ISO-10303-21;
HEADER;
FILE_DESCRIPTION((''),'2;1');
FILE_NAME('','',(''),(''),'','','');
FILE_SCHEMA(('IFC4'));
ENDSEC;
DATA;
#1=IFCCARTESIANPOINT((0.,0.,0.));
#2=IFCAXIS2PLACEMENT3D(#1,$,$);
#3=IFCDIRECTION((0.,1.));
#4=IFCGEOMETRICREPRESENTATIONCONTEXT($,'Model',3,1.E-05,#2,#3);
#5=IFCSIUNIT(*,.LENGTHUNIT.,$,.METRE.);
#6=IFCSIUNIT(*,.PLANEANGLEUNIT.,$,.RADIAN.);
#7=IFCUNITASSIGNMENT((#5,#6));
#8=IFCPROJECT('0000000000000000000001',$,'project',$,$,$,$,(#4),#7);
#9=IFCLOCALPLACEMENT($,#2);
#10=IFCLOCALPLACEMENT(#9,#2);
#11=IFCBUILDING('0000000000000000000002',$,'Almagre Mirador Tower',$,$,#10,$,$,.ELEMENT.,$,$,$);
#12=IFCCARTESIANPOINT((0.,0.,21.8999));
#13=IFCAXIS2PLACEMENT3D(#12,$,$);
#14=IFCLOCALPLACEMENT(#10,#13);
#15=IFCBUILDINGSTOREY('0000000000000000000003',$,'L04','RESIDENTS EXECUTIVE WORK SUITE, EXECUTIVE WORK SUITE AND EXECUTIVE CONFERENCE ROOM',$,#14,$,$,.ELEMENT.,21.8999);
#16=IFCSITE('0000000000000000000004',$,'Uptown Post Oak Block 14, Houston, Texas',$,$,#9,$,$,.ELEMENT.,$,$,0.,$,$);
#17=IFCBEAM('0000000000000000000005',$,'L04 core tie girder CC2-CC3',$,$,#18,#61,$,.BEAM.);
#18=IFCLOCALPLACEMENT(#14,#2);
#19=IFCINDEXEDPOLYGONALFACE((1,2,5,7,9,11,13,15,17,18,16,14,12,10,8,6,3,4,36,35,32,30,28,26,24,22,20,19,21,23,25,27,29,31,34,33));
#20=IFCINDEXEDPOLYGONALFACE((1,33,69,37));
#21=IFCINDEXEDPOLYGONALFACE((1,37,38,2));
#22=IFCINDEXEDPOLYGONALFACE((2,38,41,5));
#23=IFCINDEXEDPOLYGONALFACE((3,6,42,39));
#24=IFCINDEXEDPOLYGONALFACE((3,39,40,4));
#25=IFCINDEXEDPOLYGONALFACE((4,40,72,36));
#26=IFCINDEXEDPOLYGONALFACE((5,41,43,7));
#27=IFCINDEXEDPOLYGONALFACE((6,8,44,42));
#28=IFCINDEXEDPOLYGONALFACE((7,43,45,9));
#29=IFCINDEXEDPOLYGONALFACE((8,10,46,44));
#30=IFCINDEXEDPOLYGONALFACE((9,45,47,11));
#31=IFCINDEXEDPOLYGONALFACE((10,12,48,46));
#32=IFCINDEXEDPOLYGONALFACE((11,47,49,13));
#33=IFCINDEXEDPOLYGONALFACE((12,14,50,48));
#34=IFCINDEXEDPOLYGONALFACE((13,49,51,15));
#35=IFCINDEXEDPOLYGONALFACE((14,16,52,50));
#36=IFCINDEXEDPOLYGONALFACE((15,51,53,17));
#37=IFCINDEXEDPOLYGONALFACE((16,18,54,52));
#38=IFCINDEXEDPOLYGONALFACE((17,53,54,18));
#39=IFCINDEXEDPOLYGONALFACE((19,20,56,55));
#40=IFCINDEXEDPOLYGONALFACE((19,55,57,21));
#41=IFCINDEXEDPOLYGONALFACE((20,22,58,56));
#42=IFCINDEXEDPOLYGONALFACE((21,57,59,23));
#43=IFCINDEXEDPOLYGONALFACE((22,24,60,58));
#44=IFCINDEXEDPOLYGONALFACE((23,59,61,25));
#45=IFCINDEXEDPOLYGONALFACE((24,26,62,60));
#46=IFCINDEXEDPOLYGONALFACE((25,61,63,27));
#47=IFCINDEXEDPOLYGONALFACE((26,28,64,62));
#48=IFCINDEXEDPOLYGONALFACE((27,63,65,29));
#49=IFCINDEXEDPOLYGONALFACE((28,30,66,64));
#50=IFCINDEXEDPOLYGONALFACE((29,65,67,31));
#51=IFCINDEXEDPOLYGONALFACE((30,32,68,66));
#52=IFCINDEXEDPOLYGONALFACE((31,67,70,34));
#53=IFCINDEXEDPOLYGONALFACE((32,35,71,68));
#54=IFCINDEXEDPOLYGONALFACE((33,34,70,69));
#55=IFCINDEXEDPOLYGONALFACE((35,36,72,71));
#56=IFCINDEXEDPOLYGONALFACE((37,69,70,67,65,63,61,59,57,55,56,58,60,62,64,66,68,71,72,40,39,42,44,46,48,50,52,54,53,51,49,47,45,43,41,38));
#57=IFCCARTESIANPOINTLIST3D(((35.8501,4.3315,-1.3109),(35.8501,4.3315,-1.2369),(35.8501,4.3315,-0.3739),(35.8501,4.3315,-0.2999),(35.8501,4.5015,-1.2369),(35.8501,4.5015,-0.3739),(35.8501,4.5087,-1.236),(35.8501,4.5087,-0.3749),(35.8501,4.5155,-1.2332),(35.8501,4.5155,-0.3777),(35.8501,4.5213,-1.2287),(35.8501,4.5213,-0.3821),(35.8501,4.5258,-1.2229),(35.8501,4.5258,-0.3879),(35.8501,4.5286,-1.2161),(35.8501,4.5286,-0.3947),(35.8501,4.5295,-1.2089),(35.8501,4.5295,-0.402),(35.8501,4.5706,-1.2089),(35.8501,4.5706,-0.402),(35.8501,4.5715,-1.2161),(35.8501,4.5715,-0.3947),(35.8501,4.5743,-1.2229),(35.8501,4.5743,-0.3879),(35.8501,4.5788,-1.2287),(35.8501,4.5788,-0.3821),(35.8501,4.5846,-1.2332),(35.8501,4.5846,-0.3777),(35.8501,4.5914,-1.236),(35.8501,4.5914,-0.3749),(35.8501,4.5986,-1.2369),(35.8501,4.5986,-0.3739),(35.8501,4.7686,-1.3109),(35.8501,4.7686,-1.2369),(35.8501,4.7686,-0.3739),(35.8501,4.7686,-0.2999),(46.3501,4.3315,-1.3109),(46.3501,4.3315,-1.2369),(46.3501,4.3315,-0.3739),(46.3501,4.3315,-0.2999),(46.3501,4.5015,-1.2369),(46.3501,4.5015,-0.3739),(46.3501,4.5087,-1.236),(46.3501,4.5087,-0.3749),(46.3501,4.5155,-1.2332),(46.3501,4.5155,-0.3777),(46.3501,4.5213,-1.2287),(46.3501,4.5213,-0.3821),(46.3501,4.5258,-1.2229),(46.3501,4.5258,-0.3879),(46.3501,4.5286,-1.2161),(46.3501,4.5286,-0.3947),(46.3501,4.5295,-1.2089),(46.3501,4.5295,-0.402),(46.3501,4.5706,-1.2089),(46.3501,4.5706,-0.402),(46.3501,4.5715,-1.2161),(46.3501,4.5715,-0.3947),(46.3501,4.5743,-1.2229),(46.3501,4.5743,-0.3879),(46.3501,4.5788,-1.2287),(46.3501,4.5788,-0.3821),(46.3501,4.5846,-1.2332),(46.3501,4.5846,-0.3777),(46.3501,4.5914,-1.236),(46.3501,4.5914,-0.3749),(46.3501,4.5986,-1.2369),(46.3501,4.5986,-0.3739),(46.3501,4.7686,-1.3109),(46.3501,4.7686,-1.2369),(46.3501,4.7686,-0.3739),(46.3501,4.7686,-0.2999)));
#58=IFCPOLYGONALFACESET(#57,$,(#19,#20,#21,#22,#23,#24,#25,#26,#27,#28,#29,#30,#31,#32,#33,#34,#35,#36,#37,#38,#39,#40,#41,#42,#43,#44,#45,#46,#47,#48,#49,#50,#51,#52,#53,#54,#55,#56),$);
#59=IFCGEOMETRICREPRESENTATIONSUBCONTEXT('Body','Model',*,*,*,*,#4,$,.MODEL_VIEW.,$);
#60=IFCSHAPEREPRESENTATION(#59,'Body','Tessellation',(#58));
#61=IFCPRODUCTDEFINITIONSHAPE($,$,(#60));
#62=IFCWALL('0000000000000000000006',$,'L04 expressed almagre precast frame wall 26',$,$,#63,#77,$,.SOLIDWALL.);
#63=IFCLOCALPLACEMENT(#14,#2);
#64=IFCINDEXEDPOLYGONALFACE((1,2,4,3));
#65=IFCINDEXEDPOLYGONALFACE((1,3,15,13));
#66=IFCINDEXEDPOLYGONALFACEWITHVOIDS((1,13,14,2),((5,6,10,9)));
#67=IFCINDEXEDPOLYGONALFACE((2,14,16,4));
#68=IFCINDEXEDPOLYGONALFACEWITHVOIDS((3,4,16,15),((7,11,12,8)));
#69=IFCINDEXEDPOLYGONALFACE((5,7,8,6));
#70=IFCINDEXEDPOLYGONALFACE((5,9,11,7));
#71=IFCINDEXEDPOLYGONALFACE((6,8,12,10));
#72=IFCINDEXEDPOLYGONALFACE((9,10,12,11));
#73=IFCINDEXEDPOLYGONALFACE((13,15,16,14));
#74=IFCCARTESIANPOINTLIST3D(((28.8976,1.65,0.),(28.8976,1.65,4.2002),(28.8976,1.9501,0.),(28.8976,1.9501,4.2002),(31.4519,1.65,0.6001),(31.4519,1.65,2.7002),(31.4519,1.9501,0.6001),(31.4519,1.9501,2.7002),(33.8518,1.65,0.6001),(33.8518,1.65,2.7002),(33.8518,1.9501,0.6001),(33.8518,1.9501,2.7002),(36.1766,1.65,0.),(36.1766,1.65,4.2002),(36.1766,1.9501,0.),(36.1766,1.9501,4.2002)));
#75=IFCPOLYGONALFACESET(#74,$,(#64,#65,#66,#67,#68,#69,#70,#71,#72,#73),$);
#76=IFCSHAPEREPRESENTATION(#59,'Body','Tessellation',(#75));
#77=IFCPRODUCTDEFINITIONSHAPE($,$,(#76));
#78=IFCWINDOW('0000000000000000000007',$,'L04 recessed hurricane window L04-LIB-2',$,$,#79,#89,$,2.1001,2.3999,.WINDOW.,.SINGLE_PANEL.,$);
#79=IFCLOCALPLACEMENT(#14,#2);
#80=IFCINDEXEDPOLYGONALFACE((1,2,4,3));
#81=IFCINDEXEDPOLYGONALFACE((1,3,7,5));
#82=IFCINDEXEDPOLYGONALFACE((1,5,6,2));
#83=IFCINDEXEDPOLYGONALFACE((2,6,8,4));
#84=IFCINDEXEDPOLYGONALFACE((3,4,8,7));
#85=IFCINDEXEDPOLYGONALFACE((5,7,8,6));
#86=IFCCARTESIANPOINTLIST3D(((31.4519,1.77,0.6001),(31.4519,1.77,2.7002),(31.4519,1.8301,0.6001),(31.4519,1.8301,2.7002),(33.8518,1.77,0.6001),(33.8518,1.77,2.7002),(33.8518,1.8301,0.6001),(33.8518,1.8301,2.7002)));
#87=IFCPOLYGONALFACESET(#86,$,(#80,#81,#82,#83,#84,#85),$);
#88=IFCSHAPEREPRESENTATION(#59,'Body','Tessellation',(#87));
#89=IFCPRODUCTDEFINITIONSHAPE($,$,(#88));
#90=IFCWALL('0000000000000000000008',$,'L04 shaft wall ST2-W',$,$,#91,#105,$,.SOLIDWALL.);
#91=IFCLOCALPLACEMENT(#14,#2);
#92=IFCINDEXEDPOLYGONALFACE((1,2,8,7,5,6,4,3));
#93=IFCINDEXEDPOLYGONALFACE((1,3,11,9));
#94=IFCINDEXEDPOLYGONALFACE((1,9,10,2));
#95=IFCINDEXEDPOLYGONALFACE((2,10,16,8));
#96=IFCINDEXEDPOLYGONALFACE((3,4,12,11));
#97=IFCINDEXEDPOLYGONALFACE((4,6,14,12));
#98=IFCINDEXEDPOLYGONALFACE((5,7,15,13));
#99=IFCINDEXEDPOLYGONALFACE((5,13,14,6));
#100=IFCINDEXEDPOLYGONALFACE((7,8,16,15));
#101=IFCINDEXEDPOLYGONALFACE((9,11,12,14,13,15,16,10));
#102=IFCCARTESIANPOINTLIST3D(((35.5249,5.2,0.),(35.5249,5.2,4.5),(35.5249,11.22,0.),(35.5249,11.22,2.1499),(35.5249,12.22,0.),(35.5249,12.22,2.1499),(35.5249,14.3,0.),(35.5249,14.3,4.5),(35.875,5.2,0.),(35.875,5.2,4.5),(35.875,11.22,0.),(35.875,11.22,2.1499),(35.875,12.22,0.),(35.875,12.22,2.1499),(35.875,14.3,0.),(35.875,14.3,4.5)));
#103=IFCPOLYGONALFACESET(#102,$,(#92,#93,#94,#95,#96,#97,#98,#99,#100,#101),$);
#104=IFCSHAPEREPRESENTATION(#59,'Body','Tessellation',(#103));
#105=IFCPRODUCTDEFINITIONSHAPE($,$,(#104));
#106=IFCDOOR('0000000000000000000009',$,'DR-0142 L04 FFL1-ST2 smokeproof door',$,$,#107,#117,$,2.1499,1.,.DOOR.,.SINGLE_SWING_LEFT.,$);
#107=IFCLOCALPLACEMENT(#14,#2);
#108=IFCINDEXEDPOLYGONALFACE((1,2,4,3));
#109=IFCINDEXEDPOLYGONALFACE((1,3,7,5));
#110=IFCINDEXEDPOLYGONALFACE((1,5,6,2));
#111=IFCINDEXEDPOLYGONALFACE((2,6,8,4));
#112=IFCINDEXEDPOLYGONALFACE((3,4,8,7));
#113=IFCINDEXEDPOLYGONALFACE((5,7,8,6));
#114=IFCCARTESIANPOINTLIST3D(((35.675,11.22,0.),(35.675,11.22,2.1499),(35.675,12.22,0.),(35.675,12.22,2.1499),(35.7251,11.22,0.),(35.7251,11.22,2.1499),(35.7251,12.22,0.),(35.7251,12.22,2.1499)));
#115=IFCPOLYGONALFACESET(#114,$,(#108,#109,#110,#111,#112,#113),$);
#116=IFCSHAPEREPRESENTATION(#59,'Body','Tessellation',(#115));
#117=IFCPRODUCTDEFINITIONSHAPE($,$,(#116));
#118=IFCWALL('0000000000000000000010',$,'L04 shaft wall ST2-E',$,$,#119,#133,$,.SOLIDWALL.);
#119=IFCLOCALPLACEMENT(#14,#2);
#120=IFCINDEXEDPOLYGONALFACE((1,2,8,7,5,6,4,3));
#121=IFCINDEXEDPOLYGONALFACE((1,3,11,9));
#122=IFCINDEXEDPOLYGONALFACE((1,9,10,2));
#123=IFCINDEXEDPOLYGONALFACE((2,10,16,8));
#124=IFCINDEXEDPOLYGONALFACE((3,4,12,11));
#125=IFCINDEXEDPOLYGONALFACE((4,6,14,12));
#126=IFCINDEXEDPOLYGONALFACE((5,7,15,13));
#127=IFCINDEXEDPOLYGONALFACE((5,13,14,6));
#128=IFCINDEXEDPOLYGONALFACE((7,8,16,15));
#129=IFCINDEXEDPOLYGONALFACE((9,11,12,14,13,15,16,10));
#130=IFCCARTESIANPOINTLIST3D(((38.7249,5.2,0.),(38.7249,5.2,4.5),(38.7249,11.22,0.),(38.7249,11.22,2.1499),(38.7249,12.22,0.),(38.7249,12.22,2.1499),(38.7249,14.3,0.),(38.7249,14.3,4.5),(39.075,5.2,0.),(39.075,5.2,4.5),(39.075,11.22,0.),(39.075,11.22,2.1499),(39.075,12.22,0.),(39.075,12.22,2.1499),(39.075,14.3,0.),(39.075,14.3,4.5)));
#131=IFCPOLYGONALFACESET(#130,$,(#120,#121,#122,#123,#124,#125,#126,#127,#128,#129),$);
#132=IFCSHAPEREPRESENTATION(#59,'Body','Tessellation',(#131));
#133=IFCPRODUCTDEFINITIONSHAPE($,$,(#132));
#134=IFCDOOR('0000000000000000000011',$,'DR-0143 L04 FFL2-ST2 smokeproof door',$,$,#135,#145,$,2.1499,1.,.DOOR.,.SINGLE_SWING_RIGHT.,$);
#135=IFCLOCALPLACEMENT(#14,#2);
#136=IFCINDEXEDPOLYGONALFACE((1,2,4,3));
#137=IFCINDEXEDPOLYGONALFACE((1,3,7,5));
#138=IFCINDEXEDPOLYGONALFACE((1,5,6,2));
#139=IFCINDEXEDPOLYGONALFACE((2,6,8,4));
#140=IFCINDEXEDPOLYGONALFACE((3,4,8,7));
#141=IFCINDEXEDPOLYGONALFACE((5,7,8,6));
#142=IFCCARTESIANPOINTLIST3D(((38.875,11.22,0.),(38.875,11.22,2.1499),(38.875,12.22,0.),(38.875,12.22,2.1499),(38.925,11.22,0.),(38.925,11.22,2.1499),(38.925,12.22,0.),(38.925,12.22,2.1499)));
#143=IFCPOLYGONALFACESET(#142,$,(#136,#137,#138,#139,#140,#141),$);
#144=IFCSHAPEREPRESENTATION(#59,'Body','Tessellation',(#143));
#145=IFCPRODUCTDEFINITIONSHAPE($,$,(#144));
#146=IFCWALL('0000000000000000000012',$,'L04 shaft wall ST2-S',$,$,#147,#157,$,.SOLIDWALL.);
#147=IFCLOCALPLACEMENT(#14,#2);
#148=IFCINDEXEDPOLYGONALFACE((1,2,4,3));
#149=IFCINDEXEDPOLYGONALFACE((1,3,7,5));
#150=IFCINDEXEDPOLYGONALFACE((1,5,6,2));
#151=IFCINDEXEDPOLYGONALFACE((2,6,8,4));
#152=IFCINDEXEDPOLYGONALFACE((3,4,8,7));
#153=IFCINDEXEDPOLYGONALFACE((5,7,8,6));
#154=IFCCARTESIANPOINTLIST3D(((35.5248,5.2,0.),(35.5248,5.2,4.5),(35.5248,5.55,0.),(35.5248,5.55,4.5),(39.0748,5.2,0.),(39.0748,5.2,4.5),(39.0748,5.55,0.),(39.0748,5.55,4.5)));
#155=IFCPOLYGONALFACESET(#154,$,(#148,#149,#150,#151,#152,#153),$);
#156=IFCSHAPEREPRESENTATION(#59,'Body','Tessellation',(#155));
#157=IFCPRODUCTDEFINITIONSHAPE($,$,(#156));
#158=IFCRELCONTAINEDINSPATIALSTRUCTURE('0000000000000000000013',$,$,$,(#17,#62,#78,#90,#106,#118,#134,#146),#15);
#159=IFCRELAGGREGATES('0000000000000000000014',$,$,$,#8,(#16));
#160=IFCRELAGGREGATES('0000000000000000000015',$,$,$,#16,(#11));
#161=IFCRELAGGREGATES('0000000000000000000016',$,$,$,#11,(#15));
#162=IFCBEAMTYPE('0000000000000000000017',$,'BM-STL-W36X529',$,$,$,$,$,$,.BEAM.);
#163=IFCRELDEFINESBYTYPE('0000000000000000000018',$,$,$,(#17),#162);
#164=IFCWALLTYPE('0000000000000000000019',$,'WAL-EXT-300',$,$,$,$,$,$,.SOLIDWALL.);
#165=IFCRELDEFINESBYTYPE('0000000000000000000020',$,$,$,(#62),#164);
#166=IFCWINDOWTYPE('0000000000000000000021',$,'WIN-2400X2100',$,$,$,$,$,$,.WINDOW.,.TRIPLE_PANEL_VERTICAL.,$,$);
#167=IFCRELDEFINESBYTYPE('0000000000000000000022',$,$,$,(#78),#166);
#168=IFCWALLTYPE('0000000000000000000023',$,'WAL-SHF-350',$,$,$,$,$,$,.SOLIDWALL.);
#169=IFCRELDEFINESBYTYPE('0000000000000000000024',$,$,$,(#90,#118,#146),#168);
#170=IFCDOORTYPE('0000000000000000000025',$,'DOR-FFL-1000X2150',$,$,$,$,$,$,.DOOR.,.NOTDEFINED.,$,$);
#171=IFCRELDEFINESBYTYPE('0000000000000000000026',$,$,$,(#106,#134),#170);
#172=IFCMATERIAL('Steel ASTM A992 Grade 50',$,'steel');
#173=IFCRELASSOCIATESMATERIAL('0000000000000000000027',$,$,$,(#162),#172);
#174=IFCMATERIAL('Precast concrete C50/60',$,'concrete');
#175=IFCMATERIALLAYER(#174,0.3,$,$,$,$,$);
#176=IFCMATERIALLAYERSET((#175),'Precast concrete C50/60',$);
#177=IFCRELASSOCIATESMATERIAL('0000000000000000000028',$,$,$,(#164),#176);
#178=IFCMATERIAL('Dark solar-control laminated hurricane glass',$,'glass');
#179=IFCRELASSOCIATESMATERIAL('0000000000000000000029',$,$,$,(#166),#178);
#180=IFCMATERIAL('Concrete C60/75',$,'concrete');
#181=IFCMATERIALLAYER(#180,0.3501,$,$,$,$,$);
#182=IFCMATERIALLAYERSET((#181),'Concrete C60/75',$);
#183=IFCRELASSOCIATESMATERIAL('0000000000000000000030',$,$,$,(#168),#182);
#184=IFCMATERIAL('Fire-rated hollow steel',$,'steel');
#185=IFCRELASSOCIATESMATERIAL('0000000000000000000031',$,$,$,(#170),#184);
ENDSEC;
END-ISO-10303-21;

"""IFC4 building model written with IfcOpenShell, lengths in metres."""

from ifc_helpers import new_model, si_unit, direction, frame, frame_2d, origin, origin_2d, place, context, subcontext, project, spatial, rectangle, i_section, extrude, material, layer, layer_set, material_profile, profile_set, type_object, element, fill, save


model = new_model("IFC4")

# Units and contexts
model_context = context("Model", 3, precision=1e-05, world=origin(), true_north=direction((0.0, 1.0)))
body_context = subcontext(model_context, "Body", "Model", "MODEL_VIEW")
ifc_project = project(units=[si_unit("LENGTHUNIT", "METRE"), si_unit("PLANEANGLEUNIT", "RADIAN")], contexts=[model_context])

# Site, building, storey
site_placement = place(None, origin())
site = spatial("IfcSite", under=ifc_project, at=site_placement, Name="Uptown Post Oak Block 14, Houston, Texas", CompositionType="ELEMENT", RefElevation=0.0)
building_placement = place(site_placement, origin())
building = spatial("IfcBuilding", under=site, at=building_placement, Name="Almagre Mirador Tower", CompositionType="ELEMENT")
storey_placement = place(building_placement, frame((0.0, 0.0, 21.8999)))
storey = spatial("IfcBuildingStorey", under=building, at=storey_placement, Name="L04", Description="RESIDENTS EXECUTIVE WORK SUITE, EXECUTIVE WORK SUITE AND EXECUTIVE CONFERENCE ROOM", CompositionType="ELEMENT", Elevation=21.8999)

# Beam
ifc_material_1 = material(Name="Steel ASTM A992 Grade 50", Category="steel")
ifc_material_profile = material_profile(ifc_material_1, i_section(OverallWidth=0.437, OverallDepth=1.011, WebThickness=0.041, FlangeThickness=0.074, FilletRadius=0.0281, at=origin_2d()), Name="W36X529")
ifc_profile_set = profile_set([ifc_material_profile], Name="Steel ASTM A992 Grade 50")
beam_type = type_object("IfcBeamType", Name="BM-STL-W36X529", PredefinedType="BEAM", material=ifc_profile_set)
beam_placement = place(storey_placement, frame((35.8501, 4.55, -0.8054), z_axis=(1.0, 0.0, 0.0), x_axis=(0.0, 1.0, 0.0)))
element("IfcBeam", 1, at=beam_placement, inside=storey, type_object=beam_type, Name="L04 core tie girder CC2-CC3", PredefinedType="BEAM", context=body_context, shape_type="SweptSolid", body=[
    extrude(i_section(OverallWidth=0.437, OverallDepth=1.011, WebThickness=0.041, FlangeThickness=0.074, FilletRadius=0.0281, at=origin_2d()), origin(), (0.0, 0.0, 1.0), 10.5),
])

# Wall, opening, window
ifc_material_2 = material(Name="Precast concrete C50/60", Category="concrete")
ifc_layer_1 = layer(ifc_material_2, 0.3)
ifc_layer_set_1 = layer_set([ifc_layer_1], Name="Precast concrete C50/60")
wall_type_1 = type_object("IfcWallType", Name="WAL-EXT-300", PredefinedType="SOLIDWALL", material=ifc_layer_set_1)
wall_1_placement = place(storey_placement, frame((36.1768, 1.8, 0.0), z_axis=(0.0, 0.0, 1.0), x_axis=(-1.0, 0.0, 0.0)))
wall_1 = element("IfcWall", 2, at=wall_1_placement, inside=storey, type_object=wall_type_1, Name="L04 expressed almagre precast frame wall 26", PredefinedType="SOLIDWALL", context=body_context, shape_type="SweptSolid", body=[
    extrude(rectangle(XDim=7.2791, YDim=0.3, at=frame_2d((3.6396, 0.0))), origin(), (0.0, 0.0, 1.0), 4.2002),
])
opening_1_placement = place(wall_1_placement, frame((2.325, 0.0, 0.6001)))
opening_1 = element("IfcOpeningElement", 3, at=opening_1_placement, cuts=wall_1, PredefinedType="OPENING", context=body_context, shape_type="SweptSolid", body=[
    extrude(rectangle(XDim=2.3999, YDim=2.1001, at=frame_2d((1.2, 1.05))), frame((0.0, 0.1599, 0.0), z_axis=(0.0, -1.0, 0.0), x_axis=(1.0, 0.0, 0.0)), (0.0, 0.0, 1.0), 0.32),
])
ifc_material_3 = material(Name="Dark solar-control laminated hurricane glass", Category="glass")
window_type = type_object("IfcWindowType", Name="WIN-2400X2100", PartitioningType="TRIPLE_PANEL_VERTICAL", PredefinedType="WINDOW", material=ifc_material_3)
window_placement = place(opening_1_placement, origin())
window = element("IfcWindow", 4, at=window_placement, inside=storey, type_object=window_type, Name="L04 recessed hurricane window L04-LIB-2", OverallHeight=2.1001, OverallWidth=2.3999, PartitioningType="SINGLE_PANEL", PredefinedType="WINDOW", context=body_context, shape_type="SweptSolid", body=[
    extrude(rectangle(XDim=2.3999, YDim=2.1001, at=frame_2d((1.2, 1.05))), frame((0.0, 0.03, 0.0), z_axis=(0.0, -1.0, 0.0), x_axis=(1.0, 0.0, 0.0)), (0.0, 0.0, 1.0), 0.0601),
])
fill(opening_1, window)

# Walls, openings, doors
ifc_material_4 = material(Name="Concrete C60/75", Category="concrete")
ifc_layer_2 = layer(ifc_material_4, 0.3501)
ifc_layer_set_2 = layer_set([ifc_layer_2], Name="Concrete C60/75")
wall_type_2 = type_object("IfcWallType", Name="WAL-SHF-350", PredefinedType="SOLIDWALL", material=ifc_layer_set_2)
wall_2_placement = place(storey_placement, frame((35.7, 5.2, 0.0), z_axis=(0.0, 0.0, 1.0), x_axis=(0.0, 1.0, 0.0)))
wall_2 = element("IfcWall", 5, at=wall_2_placement, inside=storey, type_object=wall_type_2, Name="L04 shaft wall ST2-W", PredefinedType="SOLIDWALL", context=body_context, shape_type="SweptSolid", body=[
    extrude(rectangle(XDim=9.1001, YDim=0.3501, at=frame_2d((4.55, 0.0))), origin(), (0.0, 0.0, 1.0), 4.5),
])
opening_2_placement = place(wall_2_placement, frame((6.02, 0.0, 0.0)))
opening_2 = element("IfcOpeningElement", 6, at=opening_2_placement, cuts=wall_2, PredefinedType="OPENING", context=body_context, shape_type="SweptSolid", body=[
    extrude(rectangle(XDim=1.0, YDim=2.1499, at=frame_2d((0.5, 1.075))), frame((0.0, 0.185, 0.0), z_axis=(0.0, -1.0, 0.0), x_axis=(1.0, 0.0, 0.0)), (0.0, 0.0, 1.0), 0.3701),
])
ifc_material_5 = material(Name="Fire-rated hollow steel", Category="steel")
door_type_1 = type_object("IfcDoorType", Name="DOR-FFL-1000X2150", OperationType="NOTDEFINED", PredefinedType="DOOR", material=ifc_material_5)
door_1_placement = place(opening_2_placement, origin())
door_1 = element("IfcDoor", 7, at=door_1_placement, inside=storey, type_object=door_type_1, Name="DR-0142 L04 FFL1-ST2 smokeproof door", OperationType="SINGLE_SWING_LEFT", OverallHeight=2.1499, OverallWidth=1.0, PredefinedType="DOOR", context=body_context, shape_type="SweptSolid", body=[
    extrude(rectangle(XDim=1.0, YDim=2.1499, at=frame_2d((0.5, 1.075))), frame((0.0, 0.0249, 0.0), z_axis=(0.0, -1.0, 0.0), x_axis=(1.0, 0.0, 0.0)), (0.0, 0.0, 1.0), 0.05),
])
fill(opening_2, door_1)
wall_3_placement = place(storey_placement, frame((38.8999, 5.2, 0.0), z_axis=(0.0, 0.0, 1.0), x_axis=(0.0, 1.0, 0.0)))
wall_3 = element("IfcWall", 8, at=wall_3_placement, inside=storey, type_object=wall_type_2, Name="L04 shaft wall ST2-E", PredefinedType="SOLIDWALL", context=body_context, shape_type="SweptSolid", body=[
    extrude(rectangle(XDim=9.1001, YDim=0.3501, at=frame_2d((4.55, 0.0))), origin(), (0.0, 0.0, 1.0), 4.5),
])
opening_3_placement = place(wall_3_placement, frame((6.02, 0.0, 0.0)))
opening_3 = element("IfcOpeningElement", 9, at=opening_3_placement, cuts=wall_3, PredefinedType="OPENING", context=body_context, shape_type="SweptSolid", body=[
    extrude(rectangle(XDim=1.0, YDim=2.1499, at=frame_2d((0.5, 1.075))), frame((0.0, 0.185, 0.0), z_axis=(0.0, -1.0, 0.0), x_axis=(1.0, 0.0, 0.0)), (0.0, 0.0, 1.0), 0.3701),
])
door_2_placement = place(opening_3_placement, origin())
door_2 = element("IfcDoor", 10, at=door_2_placement, inside=storey, type_object=door_type_1, Name="DR-0143 L04 FFL2-ST2 smokeproof door", OperationType="SINGLE_SWING_RIGHT", OverallHeight=2.1499, OverallWidth=1.0, PredefinedType="DOOR", context=body_context, shape_type="SweptSolid", body=[
    extrude(rectangle(XDim=1.0, YDim=2.1499, at=frame_2d((0.5, 1.075))), frame((0.0, 0.0249, 0.0), z_axis=(0.0, -1.0, 0.0), x_axis=(1.0, 0.0, 0.0)), (0.0, 0.0, 1.0), 0.05),
])
fill(opening_3, door_2)

# Wall
wall_4_placement = place(storey_placement, frame((35.5249, 5.375, 0.0), z_axis=(0.0, 0.0, 1.0), x_axis=(1.0, 0.0, 0.0)))
element("IfcWall", 11, at=wall_4_placement, inside=storey, type_object=wall_type_2, Name="L04 shaft wall ST2-S", PredefinedType="SOLIDWALL", context=body_context, shape_type="SweptSolid", body=[
    extrude(rectangle(XDim=3.55, YDim=0.3501, at=frame_2d((1.7749, 0.0))), origin(), (0.0, 0.0, 1.0), 4.5),
])

save(model, "model.ifc")
